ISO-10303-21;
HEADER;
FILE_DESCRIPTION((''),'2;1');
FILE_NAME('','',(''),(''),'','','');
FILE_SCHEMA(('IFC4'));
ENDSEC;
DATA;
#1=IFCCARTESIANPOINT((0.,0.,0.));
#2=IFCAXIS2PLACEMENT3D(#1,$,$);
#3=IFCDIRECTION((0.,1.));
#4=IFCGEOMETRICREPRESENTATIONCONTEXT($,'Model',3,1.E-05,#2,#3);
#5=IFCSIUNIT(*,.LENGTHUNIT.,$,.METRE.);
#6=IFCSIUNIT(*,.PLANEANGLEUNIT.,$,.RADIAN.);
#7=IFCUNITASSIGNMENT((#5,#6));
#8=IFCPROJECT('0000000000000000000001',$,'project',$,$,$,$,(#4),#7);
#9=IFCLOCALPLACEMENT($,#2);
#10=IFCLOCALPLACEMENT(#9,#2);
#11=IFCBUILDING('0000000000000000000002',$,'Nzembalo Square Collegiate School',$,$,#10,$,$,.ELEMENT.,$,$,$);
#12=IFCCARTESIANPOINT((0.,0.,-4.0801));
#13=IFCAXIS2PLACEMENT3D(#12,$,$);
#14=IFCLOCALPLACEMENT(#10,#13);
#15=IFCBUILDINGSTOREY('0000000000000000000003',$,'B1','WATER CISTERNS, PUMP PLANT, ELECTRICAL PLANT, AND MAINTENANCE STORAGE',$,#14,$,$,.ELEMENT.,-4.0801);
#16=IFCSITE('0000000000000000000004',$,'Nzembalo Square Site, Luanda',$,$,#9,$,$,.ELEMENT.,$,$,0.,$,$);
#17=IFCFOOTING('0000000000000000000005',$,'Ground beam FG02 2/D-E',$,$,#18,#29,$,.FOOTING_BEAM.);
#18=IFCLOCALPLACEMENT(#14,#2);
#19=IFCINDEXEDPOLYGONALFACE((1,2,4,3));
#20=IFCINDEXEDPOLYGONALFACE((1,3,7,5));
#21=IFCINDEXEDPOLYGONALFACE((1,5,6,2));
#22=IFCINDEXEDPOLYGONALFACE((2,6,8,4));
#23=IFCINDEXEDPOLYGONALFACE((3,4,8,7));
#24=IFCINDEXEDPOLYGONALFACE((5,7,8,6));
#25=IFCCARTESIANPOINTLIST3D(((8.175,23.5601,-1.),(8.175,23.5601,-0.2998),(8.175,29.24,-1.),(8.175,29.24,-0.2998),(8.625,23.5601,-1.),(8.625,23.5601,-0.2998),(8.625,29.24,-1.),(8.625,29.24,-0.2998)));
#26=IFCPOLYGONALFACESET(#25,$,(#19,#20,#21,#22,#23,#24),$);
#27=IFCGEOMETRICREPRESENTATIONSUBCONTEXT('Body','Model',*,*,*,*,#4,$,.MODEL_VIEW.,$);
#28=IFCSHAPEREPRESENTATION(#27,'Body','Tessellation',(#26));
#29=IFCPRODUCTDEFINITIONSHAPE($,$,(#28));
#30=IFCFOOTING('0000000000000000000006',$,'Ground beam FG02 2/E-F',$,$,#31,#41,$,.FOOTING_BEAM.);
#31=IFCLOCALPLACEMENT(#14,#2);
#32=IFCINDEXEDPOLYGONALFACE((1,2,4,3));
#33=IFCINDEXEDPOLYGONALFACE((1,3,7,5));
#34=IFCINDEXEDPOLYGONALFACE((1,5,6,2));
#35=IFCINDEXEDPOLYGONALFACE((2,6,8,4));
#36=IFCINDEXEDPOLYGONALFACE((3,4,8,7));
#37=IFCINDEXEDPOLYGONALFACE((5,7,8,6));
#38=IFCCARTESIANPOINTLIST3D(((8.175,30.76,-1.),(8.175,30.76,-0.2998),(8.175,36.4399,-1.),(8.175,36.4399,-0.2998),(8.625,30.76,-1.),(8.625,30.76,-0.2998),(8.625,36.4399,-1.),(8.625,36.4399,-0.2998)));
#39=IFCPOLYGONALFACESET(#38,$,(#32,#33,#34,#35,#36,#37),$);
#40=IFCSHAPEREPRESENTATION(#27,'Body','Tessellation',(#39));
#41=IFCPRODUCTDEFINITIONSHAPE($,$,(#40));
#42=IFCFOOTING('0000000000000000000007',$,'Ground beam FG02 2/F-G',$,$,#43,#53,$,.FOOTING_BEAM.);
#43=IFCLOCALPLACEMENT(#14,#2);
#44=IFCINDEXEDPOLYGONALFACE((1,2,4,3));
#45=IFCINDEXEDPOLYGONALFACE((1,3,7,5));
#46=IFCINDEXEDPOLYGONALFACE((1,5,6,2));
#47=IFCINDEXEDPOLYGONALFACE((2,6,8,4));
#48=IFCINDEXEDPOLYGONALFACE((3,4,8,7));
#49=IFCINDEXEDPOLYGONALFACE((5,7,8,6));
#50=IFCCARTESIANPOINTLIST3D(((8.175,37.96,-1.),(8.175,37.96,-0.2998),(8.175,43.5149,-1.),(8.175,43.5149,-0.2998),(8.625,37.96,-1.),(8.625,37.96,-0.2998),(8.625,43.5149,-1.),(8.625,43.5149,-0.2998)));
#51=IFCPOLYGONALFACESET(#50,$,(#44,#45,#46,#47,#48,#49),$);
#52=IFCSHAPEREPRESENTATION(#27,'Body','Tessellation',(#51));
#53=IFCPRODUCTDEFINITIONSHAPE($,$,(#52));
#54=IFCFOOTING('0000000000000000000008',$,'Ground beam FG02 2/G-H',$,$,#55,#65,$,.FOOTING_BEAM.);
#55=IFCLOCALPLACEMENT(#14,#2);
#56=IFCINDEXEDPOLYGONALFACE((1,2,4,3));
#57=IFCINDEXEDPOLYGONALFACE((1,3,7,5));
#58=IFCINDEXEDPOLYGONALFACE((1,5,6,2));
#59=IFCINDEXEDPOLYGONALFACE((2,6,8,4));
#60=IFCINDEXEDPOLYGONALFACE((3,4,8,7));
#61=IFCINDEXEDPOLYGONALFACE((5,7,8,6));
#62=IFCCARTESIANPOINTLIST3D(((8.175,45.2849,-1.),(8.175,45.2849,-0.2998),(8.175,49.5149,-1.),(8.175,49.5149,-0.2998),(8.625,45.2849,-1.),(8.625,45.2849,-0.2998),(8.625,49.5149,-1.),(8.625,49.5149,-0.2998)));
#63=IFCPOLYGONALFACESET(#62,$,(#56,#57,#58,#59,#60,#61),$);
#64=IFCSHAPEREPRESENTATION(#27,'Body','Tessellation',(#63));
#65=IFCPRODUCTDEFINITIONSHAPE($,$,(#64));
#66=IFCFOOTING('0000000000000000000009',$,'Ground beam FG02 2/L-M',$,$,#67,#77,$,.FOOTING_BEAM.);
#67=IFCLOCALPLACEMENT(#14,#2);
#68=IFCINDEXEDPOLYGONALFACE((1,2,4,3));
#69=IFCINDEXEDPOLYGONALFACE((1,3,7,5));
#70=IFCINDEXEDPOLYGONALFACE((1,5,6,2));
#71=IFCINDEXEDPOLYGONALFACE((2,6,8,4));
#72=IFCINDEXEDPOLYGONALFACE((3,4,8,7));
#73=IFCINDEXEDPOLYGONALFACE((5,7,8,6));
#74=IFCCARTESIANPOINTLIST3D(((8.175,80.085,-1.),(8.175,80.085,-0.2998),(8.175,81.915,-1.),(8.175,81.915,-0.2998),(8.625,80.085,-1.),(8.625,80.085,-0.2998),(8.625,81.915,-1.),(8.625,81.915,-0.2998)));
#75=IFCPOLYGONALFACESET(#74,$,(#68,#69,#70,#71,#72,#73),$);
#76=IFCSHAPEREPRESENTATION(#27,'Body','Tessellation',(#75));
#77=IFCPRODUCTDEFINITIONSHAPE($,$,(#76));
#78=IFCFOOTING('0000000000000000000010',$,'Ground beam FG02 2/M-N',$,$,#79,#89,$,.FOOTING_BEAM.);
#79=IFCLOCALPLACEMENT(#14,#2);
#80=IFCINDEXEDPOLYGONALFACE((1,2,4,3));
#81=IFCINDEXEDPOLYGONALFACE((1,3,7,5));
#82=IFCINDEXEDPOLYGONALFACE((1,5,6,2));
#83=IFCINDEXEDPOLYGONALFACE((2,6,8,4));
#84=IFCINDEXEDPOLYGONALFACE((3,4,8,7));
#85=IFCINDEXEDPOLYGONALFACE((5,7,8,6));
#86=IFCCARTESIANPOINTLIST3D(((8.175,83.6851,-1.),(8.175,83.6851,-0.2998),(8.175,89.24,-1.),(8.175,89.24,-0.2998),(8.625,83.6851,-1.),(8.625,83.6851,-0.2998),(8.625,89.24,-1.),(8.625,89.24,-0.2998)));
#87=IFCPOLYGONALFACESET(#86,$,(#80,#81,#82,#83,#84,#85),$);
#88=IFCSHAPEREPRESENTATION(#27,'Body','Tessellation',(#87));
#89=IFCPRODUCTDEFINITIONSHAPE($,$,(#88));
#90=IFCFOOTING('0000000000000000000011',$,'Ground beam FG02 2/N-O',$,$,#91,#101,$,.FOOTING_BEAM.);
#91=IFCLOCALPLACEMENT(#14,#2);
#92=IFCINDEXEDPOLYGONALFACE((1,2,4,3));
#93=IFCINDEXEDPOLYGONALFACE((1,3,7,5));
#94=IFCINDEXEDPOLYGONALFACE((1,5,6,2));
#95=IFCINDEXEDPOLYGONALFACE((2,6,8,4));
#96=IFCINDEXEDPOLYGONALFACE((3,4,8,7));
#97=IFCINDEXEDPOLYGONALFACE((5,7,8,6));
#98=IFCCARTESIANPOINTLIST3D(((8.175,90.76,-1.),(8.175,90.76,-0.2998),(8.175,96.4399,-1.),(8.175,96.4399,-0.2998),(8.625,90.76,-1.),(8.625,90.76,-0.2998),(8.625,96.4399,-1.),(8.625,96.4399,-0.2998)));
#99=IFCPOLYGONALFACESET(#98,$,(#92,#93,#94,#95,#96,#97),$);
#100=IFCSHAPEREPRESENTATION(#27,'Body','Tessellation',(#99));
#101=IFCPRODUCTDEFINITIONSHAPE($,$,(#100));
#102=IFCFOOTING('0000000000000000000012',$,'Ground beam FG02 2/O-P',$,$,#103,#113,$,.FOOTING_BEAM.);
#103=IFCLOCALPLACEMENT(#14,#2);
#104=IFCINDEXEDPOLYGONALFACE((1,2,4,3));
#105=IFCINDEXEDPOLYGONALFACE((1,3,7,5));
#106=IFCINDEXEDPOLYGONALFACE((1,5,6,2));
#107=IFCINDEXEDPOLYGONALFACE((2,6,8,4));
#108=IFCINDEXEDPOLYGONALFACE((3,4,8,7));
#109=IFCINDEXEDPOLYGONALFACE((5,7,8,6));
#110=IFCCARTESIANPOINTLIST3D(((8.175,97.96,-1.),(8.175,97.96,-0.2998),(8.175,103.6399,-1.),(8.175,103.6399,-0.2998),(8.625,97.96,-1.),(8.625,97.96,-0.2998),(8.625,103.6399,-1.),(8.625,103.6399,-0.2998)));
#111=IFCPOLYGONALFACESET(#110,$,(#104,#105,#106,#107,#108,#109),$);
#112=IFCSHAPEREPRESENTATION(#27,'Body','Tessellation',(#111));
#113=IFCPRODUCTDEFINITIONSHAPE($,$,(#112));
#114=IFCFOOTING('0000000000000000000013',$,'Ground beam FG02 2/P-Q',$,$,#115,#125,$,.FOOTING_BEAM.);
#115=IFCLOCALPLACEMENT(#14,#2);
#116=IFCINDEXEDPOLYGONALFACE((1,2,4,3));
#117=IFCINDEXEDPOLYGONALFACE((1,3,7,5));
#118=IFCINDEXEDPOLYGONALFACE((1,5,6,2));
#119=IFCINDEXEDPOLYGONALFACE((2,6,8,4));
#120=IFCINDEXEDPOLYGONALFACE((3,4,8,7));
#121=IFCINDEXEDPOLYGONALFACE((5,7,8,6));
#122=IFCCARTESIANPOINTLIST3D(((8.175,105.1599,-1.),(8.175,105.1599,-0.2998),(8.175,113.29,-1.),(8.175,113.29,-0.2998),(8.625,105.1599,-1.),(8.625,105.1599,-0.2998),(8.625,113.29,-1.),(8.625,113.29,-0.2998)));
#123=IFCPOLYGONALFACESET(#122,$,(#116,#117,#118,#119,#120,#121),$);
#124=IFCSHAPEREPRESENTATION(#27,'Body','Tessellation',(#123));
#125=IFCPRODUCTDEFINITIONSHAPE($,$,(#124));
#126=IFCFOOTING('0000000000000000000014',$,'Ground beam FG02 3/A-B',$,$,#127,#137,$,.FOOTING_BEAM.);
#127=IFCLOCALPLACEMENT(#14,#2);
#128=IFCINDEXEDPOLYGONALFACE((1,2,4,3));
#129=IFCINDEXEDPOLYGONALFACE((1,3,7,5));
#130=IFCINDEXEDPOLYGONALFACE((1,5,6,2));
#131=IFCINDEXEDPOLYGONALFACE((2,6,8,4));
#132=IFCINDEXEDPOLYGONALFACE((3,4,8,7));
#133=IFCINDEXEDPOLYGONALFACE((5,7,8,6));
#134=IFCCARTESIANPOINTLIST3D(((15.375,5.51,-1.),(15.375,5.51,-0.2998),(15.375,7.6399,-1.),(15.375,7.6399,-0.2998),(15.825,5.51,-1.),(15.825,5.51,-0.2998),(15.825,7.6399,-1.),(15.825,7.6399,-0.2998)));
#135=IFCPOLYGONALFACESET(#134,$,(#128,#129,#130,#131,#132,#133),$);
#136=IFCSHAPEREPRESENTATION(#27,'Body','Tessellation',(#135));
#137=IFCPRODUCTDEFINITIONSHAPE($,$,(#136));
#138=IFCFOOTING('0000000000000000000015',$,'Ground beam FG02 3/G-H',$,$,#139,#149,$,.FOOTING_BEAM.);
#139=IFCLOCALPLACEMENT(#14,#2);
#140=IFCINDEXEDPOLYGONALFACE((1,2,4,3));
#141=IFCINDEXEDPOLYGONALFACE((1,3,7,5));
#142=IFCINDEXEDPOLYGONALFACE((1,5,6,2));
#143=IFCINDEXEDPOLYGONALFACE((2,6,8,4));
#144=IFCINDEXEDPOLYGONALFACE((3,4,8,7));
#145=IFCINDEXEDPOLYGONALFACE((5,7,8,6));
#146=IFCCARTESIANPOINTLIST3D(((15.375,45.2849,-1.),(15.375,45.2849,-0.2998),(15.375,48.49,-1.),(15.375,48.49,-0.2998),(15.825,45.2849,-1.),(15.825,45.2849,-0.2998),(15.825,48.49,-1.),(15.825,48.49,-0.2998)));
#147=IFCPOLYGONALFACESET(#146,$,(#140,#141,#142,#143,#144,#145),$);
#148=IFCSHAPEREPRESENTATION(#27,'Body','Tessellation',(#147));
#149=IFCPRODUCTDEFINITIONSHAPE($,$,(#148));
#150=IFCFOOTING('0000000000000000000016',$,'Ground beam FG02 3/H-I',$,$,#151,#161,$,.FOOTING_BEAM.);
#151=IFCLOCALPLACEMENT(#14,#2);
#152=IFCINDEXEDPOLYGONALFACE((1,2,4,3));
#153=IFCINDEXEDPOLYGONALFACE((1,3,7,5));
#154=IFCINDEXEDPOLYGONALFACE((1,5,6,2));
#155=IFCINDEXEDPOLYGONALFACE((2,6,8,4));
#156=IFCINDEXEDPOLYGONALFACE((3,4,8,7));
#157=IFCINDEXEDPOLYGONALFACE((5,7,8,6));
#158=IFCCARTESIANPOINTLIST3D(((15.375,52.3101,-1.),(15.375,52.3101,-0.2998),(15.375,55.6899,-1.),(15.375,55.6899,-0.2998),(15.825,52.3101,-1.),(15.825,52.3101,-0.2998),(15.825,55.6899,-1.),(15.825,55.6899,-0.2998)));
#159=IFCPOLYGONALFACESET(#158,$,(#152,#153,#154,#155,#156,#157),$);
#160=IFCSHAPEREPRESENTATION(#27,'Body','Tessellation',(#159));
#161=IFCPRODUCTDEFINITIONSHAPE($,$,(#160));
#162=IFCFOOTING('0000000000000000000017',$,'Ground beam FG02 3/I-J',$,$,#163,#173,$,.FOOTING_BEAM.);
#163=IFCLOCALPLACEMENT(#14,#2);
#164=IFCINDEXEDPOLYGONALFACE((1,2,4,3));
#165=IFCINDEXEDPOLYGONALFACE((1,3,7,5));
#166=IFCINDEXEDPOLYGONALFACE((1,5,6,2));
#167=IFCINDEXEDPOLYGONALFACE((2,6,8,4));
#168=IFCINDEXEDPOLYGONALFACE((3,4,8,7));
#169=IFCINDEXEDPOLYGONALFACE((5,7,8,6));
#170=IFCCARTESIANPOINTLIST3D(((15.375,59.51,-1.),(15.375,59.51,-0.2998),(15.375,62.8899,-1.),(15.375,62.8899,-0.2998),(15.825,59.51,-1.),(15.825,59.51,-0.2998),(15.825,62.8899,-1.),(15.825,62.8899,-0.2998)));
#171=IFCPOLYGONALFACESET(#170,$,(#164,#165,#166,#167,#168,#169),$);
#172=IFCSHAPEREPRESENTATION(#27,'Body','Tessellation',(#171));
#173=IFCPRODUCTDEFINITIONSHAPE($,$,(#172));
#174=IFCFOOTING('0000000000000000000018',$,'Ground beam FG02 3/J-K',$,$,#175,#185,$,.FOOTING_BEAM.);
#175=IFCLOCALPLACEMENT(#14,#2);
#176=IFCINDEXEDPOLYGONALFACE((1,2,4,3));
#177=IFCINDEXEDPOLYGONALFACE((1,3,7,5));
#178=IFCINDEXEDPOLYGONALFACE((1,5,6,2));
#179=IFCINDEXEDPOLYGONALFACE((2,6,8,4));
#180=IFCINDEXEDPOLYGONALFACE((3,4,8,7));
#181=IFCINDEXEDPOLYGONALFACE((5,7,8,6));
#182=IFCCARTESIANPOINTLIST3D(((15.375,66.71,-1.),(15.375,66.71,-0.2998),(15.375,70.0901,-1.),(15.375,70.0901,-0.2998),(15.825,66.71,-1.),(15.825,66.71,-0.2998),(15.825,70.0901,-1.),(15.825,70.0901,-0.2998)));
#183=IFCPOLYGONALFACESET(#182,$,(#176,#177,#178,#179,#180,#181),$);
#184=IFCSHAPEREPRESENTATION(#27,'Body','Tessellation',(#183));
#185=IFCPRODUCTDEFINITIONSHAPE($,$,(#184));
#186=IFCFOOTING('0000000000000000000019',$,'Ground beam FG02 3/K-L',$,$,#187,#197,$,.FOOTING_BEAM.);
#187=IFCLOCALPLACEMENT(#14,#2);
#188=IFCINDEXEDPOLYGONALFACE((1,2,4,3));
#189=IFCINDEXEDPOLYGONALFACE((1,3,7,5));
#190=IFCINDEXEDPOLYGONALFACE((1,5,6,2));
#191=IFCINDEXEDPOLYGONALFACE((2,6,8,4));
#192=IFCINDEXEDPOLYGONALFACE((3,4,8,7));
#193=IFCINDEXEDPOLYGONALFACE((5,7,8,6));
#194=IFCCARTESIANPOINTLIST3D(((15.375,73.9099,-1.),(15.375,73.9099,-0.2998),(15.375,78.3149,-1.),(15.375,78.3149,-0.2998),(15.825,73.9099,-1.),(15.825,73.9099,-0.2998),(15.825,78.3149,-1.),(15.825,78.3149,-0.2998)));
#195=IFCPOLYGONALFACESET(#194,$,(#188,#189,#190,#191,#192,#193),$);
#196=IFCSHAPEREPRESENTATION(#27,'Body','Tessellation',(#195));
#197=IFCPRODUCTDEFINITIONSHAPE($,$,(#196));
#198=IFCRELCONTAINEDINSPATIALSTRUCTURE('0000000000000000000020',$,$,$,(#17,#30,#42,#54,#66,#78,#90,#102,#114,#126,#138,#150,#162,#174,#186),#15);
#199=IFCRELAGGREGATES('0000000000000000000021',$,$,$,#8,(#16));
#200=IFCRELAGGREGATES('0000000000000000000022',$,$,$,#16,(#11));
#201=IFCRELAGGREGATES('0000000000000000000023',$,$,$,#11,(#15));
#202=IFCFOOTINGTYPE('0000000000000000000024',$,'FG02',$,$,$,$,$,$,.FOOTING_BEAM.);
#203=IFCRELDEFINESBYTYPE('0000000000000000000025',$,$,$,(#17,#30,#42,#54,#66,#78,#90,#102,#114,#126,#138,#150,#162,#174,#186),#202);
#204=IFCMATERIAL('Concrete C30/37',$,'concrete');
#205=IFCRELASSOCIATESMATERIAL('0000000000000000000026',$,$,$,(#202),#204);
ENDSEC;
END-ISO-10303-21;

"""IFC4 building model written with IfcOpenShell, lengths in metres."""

from ifc_helpers import new_model, si_unit, direction, frame, origin, place, context, subcontext, project, spatial, polyline, outline, extrude, material, type_object, element, save


model = new_model("IFC4")

# Units and contexts
model_context = context("Model", 3, precision=1e-05, world=origin(), true_north=direction((0.0, 1.0)))
body_context = subcontext(model_context, "Body", "Model", "MODEL_VIEW")
ifc_project = project(units=[si_unit("LENGTHUNIT", "METRE"), si_unit("PLANEANGLEUNIT", "RADIAN")], contexts=[model_context])

# Site, building, storey
site_placement = place(None, origin())
site = spatial("IfcSite", under=ifc_project, at=site_placement, Name="Nzembalo Square Site, Luanda", CompositionType="ELEMENT", RefElevation=0.0)
building_placement = place(site_placement, origin())
building = spatial("IfcBuilding", under=site, at=building_placement, Name="Nzembalo Square Collegiate School", CompositionType="ELEMENT")
storey_placement = place(building_placement, frame((0.0, 0.0, -4.0801)))
storey = spatial("IfcBuildingStorey", under=building, at=storey_placement, Name="B1", Description="WATER CISTERNS, PUMP PLANT, ELECTRICAL PLANT, AND MAINTENANCE STORAGE", CompositionType="ELEMENT", Elevation=-4.0801)

# Footings
ifc_material = material(Name="Concrete C30/37", Category="concrete")
footing_type = type_object("IfcFootingType", Name="FG02", PredefinedType="FOOTING_BEAM", material=ifc_material)
footing_1_placement = place(storey_placement, frame((0.0, 0.0, -1.0)))
element("IfcFooting", 1, at=footing_1_placement, inside=storey, type_object=footing_type, Name="Ground beam FG02 2/D-E", PredefinedType="FOOTING_BEAM", context=body_context, shape_type="SweptSolid", body=[
    extrude(outline(polyline([(8.175, 23.5601), (8.625, 23.5601), (8.625, 29.24), (8.175, 29.24), (8.175, 23.5601)])), origin(), (0.0, 0.0, 1.0), 0.7002),
])
footing_2_placement = place(storey_placement, frame((0.0, 0.0, -1.0)))
element("IfcFooting", 2, at=footing_2_placement, inside=storey, type_object=footing_type, Name="Ground beam FG02 2/E-F", PredefinedType="FOOTING_BEAM", context=body_context, shape_type="SweptSolid", body=[
    extrude(outline(polyline([(8.175, 30.76), (8.625, 30.76), (8.625, 36.4399), (8.175, 36.4399), (8.175, 30.76)])), origin(), (0.0, 0.0, 1.0), 0.7002),
])
footing_3_placement = place(storey_placement, frame((0.0, 0.0, -1.0)))
element("IfcFooting", 3, at=footing_3_placement, inside=storey, type_object=footing_type, Name="Ground beam FG02 2/F-G", PredefinedType="FOOTING_BEAM", context=body_context, shape_type="SweptSolid", body=[
    extrude(outline(polyline([(8.175, 37.96), (8.625, 37.96), (8.625, 43.5149), (8.175, 43.5149), (8.175, 37.96)])), origin(), (0.0, 0.0, 1.0), 0.7002),
])
footing_4_placement = place(storey_placement, frame((0.0, 0.0, -1.0)))
element("IfcFooting", 4, at=footing_4_placement, inside=storey, type_object=footing_type, Name="Ground beam FG02 2/G-H", PredefinedType="FOOTING_BEAM", context=body_context, shape_type="SweptSolid", body=[
    extrude(outline(polyline([(8.175, 45.2849), (8.625, 45.2849), (8.625, 49.5149), (8.175, 49.5149), (8.175, 45.2849)])), origin(), (0.0, 0.0, 1.0), 0.7002),
])
footing_5_placement = place(storey_placement, frame((0.0, 0.0, -1.0)))
element("IfcFooting", 5, at=footing_5_placement, inside=storey, type_object=footing_type, Name="Ground beam FG02 2/L-M", PredefinedType="FOOTING_BEAM", context=body_context, shape_type="SweptSolid", body=[
    extrude(outline(polyline([(8.175, 80.085), (8.625, 80.085), (8.625, 81.915), (8.175, 81.915), (8.175, 80.085)])), origin(), (0.0, 0.0, 1.0), 0.7002),
])
footing_6_placement = place(storey_placement, frame((0.0, 0.0, -1.0)))
element("IfcFooting", 6, at=footing_6_placement, inside=storey, type_object=footing_type, Name="Ground beam FG02 2/M-N", PredefinedType="FOOTING_BEAM", context=body_context, shape_type="SweptSolid", body=[
    extrude(outline(polyline([(8.175, 83.6851), (8.625, 83.6851), (8.625, 89.24), (8.175, 89.24), (8.175, 83.6851)])), origin(), (0.0, 0.0, 1.0), 0.7002),
])
footing_7_placement = place(storey_placement, frame((0.0, 0.0, -1.0)))
element("IfcFooting", 7, at=footing_7_placement, inside=storey, type_object=footing_type, Name="Ground beam FG02 2/N-O", PredefinedType="FOOTING_BEAM", context=body_context, shape_type="SweptSolid", body=[
    extrude(outline(polyline([(8.175, 90.76), (8.625, 90.76), (8.625, 96.4399), (8.175, 96.4399), (8.175, 90.76)])), origin(), (0.0, 0.0, 1.0), 0.7002),
])
footing_8_placement = place(storey_placement, frame((0.0, 0.0, -1.0)))
element("IfcFooting", 8, at=footing_8_placement, inside=storey, type_object=footing_type, Name="Ground beam FG02 2/O-P", PredefinedType="FOOTING_BEAM", context=body_context, shape_type="SweptSolid", body=[
    extrude(outline(polyline([(8.175, 97.96), (8.625, 97.96), (8.625, 103.6399), (8.175, 103.6399), (8.175, 97.96)])), origin(), (0.0, 0.0, 1.0), 0.7002),
])
footing_9_placement = place(storey_placement, frame((0.0, 0.0, -1.0)))
element("IfcFooting", 9, at=footing_9_placement, inside=storey, type_object=footing_type, Name="Ground beam FG02 2/P-Q", PredefinedType="FOOTING_BEAM", context=body_context, shape_type="SweptSolid", body=[
    extrude(outline(polyline([(8.175, 105.1599), (8.625, 105.1599), (8.625, 113.29), (8.175, 113.29), (8.175, 105.1599)])), origin(), (0.0, 0.0, 1.0), 0.7002),
])
footing_10_placement = place(storey_placement, frame((0.0, 0.0, -1.0)))
element("IfcFooting", 10, at=footing_10_placement, inside=storey, type_object=footing_type, Name="Ground beam FG02 3/A-B", PredefinedType="FOOTING_BEAM", context=body_context, shape_type="SweptSolid", body=[
    extrude(outline(polyline([(15.375, 5.51), (15.825, 5.51), (15.825, 7.6399), (15.375, 7.6399), (15.375, 5.51)])), origin(), (0.0, 0.0, 1.0), 0.7002),
])
footing_11_placement = place(storey_placement, frame((0.0, 0.0, -1.0)))
element("IfcFooting", 11, at=footing_11_placement, inside=storey, type_object=footing_type, Name="Ground beam FG02 3/G-H", PredefinedType="FOOTING_BEAM", context=body_context, shape_type="SweptSolid", body=[
    extrude(outline(polyline([(15.375, 45.2849), (15.825, 45.2849), (15.825, 48.49), (15.375, 48.49), (15.375, 45.2849)])), origin(), (0.0, 0.0, 1.0), 0.7002),
])
footing_12_placement = place(storey_placement, frame((0.0, 0.0, -1.0)))
element("IfcFooting", 12, at=footing_12_placement, inside=storey, type_object=footing_type, Name="Ground beam FG02 3/H-I", PredefinedType="FOOTING_BEAM", context=body_context, shape_type="SweptSolid", body=[
    extrude(outline(polyline([(15.375, 52.3101), (15.825, 52.3101), (15.825, 55.6899), (15.375, 55.6899), (15.375, 52.3101)])), origin(), (0.0, 0.0, 1.0), 0.7002),
])
footing_13_placement = place(storey_placement, frame((0.0, 0.0, -1.0)))
element("IfcFooting", 13, at=footing_13_placement, inside=storey, type_object=footing_type, Name="Ground beam FG02 3/I-J", PredefinedType="FOOTING_BEAM", context=body_context, shape_type="SweptSolid", body=[
    extrude(outline(polyline([(15.375, 59.51), (15.825, 59.51), (15.825, 62.8899), (15.375, 62.8899), (15.375, 59.51)])), origin(), (0.0, 0.0, 1.0), 0.7002),
])
footing_14_placement = place(storey_placement, frame((0.0, 0.0, -1.0)))
element("IfcFooting", 14, at=footing_14_placement, inside=storey, type_object=footing_type, Name="Ground beam FG02 3/J-K", PredefinedType="FOOTING_BEAM", context=body_context, shape_type="SweptSolid", body=[
    extrude(outline(polyline([(15.375, 66.71), (15.825, 66.71), (15.825, 70.0901), (15.375, 70.0901), (15.375, 66.71)])), origin(), (0.0, 0.0, 1.0), 0.7002),
])
footing_15_placement = place(storey_placement, frame((0.0, 0.0, -1.0)))
element("IfcFooting", 15, at=footing_15_placement, inside=storey, type_object=footing_type, Name="Ground beam FG02 3/K-L", PredefinedType="FOOTING_BEAM", context=body_context, shape_type="SweptSolid", body=[
    extrude(outline(polyline([(15.375, 73.9099), (15.825, 73.9099), (15.825, 78.3149), (15.375, 78.3149), (15.375, 73.9099)])), origin(), (0.0, 0.0, 1.0), 0.7002),
])

save(model, "model.ifc")
